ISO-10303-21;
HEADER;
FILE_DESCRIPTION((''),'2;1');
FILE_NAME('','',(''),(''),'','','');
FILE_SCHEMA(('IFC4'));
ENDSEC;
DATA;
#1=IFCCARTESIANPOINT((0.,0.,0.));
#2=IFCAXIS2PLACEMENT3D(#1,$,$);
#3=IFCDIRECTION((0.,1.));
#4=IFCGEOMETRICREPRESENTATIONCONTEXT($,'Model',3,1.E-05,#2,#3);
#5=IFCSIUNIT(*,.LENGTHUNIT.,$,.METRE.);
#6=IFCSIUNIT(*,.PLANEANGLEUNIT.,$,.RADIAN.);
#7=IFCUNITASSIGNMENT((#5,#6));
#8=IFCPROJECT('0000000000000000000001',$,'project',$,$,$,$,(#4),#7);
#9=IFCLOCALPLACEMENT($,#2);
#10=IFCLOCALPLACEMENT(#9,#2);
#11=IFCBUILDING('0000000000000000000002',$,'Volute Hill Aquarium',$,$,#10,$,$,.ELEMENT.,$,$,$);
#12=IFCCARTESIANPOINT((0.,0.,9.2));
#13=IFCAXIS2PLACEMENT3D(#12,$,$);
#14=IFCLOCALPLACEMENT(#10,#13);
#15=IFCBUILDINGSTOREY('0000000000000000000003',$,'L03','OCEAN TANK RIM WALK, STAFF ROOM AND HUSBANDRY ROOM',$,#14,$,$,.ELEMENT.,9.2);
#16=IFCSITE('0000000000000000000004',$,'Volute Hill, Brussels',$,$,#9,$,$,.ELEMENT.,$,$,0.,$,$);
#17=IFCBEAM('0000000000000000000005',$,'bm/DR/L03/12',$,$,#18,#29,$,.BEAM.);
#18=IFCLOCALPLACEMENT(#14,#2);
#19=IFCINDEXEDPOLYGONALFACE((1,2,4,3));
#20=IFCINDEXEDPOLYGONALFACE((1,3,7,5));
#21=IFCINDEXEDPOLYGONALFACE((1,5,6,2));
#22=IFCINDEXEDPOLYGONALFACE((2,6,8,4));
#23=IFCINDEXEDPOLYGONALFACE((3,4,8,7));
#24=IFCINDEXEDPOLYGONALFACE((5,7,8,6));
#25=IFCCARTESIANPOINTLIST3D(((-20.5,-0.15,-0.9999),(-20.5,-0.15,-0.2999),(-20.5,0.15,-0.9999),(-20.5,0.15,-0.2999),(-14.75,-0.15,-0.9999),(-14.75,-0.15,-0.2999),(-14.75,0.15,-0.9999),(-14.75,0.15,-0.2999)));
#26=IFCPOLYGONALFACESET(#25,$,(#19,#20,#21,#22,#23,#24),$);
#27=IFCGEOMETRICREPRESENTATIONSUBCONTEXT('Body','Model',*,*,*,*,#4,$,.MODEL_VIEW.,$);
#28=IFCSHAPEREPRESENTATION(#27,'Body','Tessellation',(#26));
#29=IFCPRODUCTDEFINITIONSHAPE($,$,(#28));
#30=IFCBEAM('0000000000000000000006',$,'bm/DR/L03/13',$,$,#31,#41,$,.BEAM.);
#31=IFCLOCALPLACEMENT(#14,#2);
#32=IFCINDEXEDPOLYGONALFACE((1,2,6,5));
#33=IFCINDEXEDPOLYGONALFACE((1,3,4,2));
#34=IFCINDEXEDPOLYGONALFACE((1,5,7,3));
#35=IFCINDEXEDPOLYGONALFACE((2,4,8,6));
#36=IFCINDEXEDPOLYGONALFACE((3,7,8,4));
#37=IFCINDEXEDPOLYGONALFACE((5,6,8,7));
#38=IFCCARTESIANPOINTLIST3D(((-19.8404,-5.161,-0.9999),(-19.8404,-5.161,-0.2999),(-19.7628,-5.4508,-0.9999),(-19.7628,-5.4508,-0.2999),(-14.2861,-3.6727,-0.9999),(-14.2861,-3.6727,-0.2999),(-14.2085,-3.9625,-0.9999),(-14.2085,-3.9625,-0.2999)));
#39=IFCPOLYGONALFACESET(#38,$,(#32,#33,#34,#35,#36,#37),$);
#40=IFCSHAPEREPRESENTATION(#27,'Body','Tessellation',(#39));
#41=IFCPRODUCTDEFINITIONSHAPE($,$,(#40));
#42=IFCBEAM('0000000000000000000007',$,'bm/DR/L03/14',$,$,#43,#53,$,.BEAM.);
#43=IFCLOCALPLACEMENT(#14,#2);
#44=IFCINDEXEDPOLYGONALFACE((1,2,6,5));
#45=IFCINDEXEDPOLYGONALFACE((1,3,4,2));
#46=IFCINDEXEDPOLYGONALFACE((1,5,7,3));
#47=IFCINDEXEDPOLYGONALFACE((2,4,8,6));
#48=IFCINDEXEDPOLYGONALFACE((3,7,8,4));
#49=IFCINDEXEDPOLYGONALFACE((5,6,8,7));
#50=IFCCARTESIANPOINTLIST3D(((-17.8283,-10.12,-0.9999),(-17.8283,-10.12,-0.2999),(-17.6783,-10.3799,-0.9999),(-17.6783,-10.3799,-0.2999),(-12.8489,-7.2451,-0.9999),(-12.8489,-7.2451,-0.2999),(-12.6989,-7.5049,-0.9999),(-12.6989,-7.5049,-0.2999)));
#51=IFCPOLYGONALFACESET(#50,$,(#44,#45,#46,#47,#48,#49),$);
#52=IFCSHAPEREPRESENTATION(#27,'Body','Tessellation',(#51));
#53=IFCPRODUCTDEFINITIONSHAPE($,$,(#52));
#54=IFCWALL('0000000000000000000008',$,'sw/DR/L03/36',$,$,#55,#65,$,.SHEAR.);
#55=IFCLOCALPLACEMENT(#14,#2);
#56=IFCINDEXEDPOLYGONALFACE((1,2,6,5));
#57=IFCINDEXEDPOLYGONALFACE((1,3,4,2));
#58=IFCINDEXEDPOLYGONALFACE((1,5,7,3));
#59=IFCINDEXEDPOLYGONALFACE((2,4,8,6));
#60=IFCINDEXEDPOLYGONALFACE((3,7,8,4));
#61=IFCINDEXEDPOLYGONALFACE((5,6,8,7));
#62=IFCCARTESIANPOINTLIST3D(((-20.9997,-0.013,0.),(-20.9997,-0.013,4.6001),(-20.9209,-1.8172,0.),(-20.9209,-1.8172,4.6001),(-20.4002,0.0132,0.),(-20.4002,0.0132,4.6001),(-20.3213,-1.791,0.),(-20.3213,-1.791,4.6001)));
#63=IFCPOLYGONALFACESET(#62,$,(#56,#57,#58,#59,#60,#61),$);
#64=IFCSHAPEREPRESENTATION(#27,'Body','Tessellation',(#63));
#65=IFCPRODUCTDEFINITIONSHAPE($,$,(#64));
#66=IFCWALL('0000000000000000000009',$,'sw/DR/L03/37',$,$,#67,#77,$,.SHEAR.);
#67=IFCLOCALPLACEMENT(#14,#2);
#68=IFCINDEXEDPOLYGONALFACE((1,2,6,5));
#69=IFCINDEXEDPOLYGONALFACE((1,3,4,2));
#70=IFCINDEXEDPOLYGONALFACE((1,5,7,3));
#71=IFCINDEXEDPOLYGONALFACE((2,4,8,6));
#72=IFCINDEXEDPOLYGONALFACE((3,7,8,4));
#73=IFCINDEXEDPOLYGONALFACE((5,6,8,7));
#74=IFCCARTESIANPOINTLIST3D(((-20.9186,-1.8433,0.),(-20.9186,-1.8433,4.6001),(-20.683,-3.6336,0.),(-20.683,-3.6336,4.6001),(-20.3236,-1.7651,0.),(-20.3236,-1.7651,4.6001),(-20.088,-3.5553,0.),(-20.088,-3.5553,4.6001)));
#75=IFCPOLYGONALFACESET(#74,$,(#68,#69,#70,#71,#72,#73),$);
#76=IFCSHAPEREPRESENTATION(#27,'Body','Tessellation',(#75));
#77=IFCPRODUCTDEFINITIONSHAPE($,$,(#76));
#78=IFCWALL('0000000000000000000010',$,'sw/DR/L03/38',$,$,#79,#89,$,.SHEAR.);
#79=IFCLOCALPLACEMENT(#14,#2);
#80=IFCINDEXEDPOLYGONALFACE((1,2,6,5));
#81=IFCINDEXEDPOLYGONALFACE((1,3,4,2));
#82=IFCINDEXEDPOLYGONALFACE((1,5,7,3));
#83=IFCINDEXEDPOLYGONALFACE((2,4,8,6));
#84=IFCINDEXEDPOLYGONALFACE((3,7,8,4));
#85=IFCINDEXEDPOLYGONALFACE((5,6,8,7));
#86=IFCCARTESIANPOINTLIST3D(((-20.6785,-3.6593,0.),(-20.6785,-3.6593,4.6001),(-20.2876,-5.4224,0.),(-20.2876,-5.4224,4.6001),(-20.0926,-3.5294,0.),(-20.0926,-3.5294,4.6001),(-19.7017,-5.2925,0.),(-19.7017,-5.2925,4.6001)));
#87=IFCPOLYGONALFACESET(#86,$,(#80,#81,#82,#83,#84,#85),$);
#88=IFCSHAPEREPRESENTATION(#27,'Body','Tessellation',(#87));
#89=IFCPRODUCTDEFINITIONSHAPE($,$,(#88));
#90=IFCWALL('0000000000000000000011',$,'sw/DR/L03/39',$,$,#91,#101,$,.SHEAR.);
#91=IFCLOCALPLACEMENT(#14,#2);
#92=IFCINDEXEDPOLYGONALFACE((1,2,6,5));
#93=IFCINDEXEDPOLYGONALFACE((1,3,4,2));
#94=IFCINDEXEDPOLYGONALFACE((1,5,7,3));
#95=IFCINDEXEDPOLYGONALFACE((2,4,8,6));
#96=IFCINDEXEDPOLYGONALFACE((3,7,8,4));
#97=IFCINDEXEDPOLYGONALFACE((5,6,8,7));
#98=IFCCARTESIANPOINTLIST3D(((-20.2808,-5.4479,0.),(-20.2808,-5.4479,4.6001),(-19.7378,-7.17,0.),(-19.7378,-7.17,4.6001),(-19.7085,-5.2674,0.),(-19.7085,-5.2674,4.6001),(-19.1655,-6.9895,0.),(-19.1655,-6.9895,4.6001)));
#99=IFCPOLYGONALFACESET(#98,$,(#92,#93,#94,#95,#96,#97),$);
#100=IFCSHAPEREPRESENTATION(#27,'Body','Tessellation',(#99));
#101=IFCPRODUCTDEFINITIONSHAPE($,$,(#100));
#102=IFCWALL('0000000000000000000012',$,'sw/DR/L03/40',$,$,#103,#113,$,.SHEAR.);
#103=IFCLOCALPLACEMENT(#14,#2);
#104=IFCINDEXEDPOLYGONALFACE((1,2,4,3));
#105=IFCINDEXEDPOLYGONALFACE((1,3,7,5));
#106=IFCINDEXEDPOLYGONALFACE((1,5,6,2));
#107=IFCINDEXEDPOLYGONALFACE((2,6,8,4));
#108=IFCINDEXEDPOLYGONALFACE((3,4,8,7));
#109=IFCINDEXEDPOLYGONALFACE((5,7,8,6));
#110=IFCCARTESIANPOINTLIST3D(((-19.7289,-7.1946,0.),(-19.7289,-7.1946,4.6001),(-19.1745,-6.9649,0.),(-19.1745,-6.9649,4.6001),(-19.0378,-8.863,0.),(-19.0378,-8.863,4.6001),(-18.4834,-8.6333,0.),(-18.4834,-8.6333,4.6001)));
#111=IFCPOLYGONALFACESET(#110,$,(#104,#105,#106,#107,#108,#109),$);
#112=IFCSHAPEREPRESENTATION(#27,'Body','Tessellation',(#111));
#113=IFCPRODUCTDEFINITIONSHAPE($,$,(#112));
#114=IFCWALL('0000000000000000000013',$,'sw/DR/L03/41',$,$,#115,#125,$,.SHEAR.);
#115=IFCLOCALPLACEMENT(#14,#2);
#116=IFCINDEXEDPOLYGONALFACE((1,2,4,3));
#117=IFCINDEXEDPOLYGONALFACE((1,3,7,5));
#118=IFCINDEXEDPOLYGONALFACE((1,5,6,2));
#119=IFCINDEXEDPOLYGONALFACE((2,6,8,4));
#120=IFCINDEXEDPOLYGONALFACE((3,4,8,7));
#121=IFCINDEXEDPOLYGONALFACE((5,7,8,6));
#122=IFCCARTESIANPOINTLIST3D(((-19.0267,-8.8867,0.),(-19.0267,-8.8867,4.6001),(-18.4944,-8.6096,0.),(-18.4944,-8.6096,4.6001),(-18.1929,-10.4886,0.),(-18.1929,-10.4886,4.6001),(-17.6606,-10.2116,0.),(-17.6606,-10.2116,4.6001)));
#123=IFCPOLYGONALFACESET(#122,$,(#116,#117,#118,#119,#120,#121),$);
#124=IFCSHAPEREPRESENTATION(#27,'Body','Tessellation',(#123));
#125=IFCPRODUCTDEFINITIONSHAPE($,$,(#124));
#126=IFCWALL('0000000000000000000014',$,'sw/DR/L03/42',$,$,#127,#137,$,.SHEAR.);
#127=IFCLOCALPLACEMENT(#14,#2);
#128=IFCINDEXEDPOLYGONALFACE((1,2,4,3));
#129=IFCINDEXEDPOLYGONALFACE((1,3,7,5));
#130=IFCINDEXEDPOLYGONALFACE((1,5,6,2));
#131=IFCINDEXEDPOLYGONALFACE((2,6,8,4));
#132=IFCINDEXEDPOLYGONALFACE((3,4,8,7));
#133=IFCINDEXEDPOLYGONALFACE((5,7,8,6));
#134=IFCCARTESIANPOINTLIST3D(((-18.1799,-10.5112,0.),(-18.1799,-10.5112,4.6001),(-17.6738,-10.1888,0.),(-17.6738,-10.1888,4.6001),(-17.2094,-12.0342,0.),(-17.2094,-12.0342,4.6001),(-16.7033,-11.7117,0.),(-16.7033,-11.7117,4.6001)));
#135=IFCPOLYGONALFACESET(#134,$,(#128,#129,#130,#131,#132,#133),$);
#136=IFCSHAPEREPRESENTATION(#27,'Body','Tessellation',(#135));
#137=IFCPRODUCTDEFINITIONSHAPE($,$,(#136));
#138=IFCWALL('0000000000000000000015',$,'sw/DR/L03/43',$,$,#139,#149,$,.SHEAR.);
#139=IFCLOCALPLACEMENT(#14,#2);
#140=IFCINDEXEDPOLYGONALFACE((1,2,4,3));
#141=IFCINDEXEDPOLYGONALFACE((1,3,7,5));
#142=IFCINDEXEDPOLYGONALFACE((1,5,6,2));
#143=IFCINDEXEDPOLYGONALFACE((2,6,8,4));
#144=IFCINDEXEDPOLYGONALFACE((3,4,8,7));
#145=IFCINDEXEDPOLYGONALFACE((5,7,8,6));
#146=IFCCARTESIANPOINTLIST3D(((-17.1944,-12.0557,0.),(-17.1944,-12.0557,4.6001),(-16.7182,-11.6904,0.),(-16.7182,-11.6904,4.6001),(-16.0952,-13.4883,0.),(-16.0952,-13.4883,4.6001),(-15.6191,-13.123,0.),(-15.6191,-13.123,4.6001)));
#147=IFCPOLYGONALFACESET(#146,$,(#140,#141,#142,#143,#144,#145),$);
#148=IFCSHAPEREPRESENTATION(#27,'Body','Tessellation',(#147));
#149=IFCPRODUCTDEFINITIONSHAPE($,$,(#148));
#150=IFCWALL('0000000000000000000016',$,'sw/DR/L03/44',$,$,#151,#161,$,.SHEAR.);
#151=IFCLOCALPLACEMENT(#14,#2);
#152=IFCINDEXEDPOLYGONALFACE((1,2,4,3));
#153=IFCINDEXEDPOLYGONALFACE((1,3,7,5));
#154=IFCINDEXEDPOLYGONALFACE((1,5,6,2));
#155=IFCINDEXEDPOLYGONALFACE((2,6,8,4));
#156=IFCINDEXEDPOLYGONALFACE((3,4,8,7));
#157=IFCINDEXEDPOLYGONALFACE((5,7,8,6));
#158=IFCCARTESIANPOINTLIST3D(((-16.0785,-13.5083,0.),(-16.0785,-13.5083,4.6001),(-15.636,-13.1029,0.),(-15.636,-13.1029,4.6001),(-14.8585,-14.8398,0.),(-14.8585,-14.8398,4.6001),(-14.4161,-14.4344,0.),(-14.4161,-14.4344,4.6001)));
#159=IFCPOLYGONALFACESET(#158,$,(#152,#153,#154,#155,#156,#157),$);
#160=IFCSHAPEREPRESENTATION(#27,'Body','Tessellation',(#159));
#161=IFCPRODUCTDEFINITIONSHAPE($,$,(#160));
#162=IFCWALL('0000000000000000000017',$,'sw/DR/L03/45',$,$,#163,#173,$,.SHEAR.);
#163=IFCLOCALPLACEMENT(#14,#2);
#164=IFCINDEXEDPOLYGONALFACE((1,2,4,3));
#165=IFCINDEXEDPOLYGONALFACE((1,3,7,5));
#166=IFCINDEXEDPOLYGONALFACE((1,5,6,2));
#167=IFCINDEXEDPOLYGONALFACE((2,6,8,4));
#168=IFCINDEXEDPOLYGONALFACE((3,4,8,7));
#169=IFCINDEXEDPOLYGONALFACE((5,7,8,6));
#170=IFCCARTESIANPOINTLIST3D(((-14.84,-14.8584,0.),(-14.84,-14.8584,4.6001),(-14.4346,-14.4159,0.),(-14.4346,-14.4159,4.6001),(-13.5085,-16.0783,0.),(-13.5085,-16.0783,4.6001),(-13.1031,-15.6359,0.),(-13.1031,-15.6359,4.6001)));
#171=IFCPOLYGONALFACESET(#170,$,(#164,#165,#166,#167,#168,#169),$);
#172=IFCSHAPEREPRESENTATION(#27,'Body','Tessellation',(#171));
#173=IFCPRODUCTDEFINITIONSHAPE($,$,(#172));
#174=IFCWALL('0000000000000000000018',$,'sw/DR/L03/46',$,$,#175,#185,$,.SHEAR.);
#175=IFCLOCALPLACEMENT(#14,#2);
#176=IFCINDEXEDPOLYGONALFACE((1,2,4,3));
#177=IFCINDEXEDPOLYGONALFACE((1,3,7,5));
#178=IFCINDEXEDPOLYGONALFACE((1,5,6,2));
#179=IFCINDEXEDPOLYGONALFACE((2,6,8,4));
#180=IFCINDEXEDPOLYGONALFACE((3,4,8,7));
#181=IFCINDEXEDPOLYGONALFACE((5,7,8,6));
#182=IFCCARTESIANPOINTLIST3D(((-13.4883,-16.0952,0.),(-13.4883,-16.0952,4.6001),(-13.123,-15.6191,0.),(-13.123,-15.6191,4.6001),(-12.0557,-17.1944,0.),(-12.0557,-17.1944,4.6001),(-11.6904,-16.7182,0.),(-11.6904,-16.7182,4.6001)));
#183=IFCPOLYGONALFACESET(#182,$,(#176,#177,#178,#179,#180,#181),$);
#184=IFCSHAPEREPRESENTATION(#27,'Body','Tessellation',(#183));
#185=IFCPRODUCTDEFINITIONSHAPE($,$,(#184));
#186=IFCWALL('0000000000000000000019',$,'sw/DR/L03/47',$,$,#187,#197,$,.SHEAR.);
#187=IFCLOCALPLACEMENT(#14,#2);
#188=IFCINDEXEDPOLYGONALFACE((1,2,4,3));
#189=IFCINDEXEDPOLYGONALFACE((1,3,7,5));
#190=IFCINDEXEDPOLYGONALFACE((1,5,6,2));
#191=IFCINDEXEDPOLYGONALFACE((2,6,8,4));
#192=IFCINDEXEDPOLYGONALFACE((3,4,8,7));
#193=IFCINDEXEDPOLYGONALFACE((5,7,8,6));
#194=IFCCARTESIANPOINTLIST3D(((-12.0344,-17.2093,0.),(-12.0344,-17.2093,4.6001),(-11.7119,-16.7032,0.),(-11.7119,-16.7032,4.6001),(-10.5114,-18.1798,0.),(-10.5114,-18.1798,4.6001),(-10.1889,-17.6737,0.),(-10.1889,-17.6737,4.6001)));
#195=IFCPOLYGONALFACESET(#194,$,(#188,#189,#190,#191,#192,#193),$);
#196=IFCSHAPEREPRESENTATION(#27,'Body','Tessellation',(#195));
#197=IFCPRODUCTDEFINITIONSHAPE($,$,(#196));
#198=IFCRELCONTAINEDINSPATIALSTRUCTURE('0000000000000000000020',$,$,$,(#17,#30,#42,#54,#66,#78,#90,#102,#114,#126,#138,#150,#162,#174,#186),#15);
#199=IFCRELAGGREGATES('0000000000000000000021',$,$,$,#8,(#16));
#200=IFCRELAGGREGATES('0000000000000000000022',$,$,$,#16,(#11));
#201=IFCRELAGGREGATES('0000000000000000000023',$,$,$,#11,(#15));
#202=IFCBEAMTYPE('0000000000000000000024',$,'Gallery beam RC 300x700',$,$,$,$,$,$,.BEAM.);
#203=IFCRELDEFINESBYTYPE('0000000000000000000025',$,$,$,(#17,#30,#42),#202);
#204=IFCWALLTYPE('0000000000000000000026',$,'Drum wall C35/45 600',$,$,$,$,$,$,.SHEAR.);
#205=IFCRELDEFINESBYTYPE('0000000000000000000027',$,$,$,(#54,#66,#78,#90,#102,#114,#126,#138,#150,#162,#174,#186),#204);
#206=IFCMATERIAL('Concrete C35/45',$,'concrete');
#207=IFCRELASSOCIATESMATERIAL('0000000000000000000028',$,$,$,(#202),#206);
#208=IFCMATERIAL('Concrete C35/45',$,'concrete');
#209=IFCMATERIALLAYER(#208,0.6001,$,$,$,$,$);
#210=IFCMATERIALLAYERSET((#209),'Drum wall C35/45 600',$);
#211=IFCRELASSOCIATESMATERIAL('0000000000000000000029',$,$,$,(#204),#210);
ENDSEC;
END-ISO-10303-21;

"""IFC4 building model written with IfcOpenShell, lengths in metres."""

from ifc_helpers import new_model, si_unit, direction, frame, frame_2d, origin, origin_2d, place, context, subcontext, project, spatial, rectangle, extrude, material, layer, layer_set, material_profile, profile_set, type_object, element, save


model = new_model("IFC4")

# Units and contexts
model_context = context("Model", 3, precision=1e-05, world=origin(), true_north=direction((0.0, 1.0)))
body_context = subcontext(model_context, "Body", "Model", "MODEL_VIEW")
ifc_project = project(units=[si_unit("LENGTHUNIT", "METRE"), si_unit("PLANEANGLEUNIT", "RADIAN")], contexts=[model_context])

# Site, building, storey
site_placement = place(None, origin())
site = spatial("IfcSite", under=ifc_project, at=site_placement, Name="Volute Hill, Brussels", CompositionType="ELEMENT", RefElevation=0.0)
building_placement = place(site_placement, origin())
building = spatial("IfcBuilding", under=site, at=building_placement, Name="Volute Hill Aquarium", CompositionType="ELEMENT")
storey_placement = place(building_placement, frame((0.0, 0.0, 9.2)))
storey = spatial("IfcBuildingStorey", under=building, at=storey_placement, Name="L03", Description="OCEAN TANK RIM WALK, STAFF ROOM AND HUSBANDRY ROOM", CompositionType="ELEMENT", Elevation=9.2)

# Beams
ifc_material_1 = material(Name="Concrete C35/45", Category="concrete")
ifc_material_profile = material_profile(ifc_material_1, rectangle(XDim=0.3, YDim=0.7, at=origin_2d()), Name="RC beam 300x700")
ifc_profile_set = profile_set([ifc_material_profile], Name="Concrete C35/45")
beam_type = type_object("IfcBeamType", Name="Gallery beam RC 300x700", PredefinedType="BEAM", material=ifc_profile_set)
beam_1_placement = place(storey_placement, frame((-14.75, 0.0, -0.6499), z_axis=(-1.0, 0.0, 0.0), x_axis=(0.0, -1.0, 0.0)))
element("IfcBeam", 1, at=beam_1_placement, inside=storey, type_object=beam_type, Name="bm/DR/L03/12", PredefinedType="BEAM", context=body_context, shape_type="SweptSolid", body=[
    extrude(rectangle(XDim=0.3, YDim=0.7, at=origin_2d()), origin(), (0.0, 0.0, 1.0), 5.75),
])
beam_2_placement = place(storey_placement, frame((-14.2473, -3.8176, -0.6499), z_axis=(-0.965924, -0.258825, 0.0), x_axis=(0.258825, -0.965924, 0.0)))
element("IfcBeam", 2, at=beam_2_placement, inside=storey, type_object=beam_type, Name="bm/DR/L03/13", PredefinedType="BEAM", context=body_context, shape_type="SweptSolid", body=[
    extrude(rectangle(XDim=0.3, YDim=0.7, at=origin_2d()), origin(), (0.0, 0.0, 1.0), 5.7502),
])
beam_3_placement = place(storey_placement, frame((-12.7739, -7.375, -0.6499), z_axis=(-0.866019, -0.500012, 0.0), x_axis=(0.500012, -0.866019, 0.0)))
element("IfcBeam", 3, at=beam_3_placement, inside=storey, type_object=beam_type, Name="bm/DR/L03/14", PredefinedType="BEAM", context=body_context, shape_type="SweptSolid", body=[
    extrude(rectangle(XDim=0.3, YDim=0.7, at=origin_2d()), origin(), (0.0, 0.0, 1.0), 5.7498),
])

# Walls
ifc_material_2 = material(Name="Concrete C35/45", Category="concrete")
ifc_layer_1 = layer(ifc_material_2, 0.6001)
ifc_layer_set_1 = layer_set([ifc_layer_1], Name="Drum wall C35/45 600")
wall_type = type_object("IfcWallType", Name="Drum wall C35/45 600", PredefinedType="SHEAR", material=ifc_layer_set_1)
wall_1_placement = place(storey_placement, frame((-20.7, 0.0, 0.0), z_axis=(0.0, 0.0, 1.0), x_axis=(0.043666, -0.999046, 0.0)))
element("IfcWall", 4, at=wall_1_placement, inside=storey, type_object=wall_type, Name="sw/DR/L03/36", PredefinedType="SHEAR", context=body_context, shape_type="SweptSolid", body=[
    extrude(rectangle(XDim=1.8059, YDim=0.6001, at=frame_2d((0.9028, 0.0))), origin(), (0.0, 0.0, 1.0), 4.6001),
])
wall_2_placement = place(storey_placement, frame((-20.6211, -1.8042, 0.0), z_axis=(0.0, 0.0, 1.0), x_axis=(0.130472, -0.991452, 0.0)))
element("IfcWall", 5, at=wall_2_placement, inside=storey, type_object=wall_type, Name="sw/DR/L03/37", PredefinedType="SHEAR", context=body_context, shape_type="SweptSolid", body=[
    extrude(rectangle(XDim=1.8057, YDim=0.6001, at=frame_2d((0.9028, 0.0))), origin(), (0.0, 0.0, 1.0), 4.6001),
])
wall_3_placement = place(storey_placement, frame((-20.3855, -3.5945, 0.0), z_axis=(0.0, 0.0, 1.0), x_axis=(0.216429, -0.976298, 0.0)))
element("IfcWall", 6, at=wall_3_placement, inside=storey, type_object=wall_type, Name="sw/DR/L03/38", PredefinedType="SHEAR", context=body_context, shape_type="SweptSolid", body=[
    extrude(rectangle(XDim=1.8059, YDim=0.6001, at=frame_2d((0.9028, 0.0))), origin(), (0.0, 0.0, 1.0), 4.6001),
])
wall_4_placement = place(storey_placement, frame((-19.9946, -5.3577, 0.0), z_axis=(0.0, 0.0, 1.0), x_axis=(0.300691, -0.953722, 0.0)))
element("IfcWall", 7, at=wall_4_placement, inside=storey, type_object=wall_type, Name="sw/DR/L03/39", PredefinedType="SHEAR", context=body_context, shape_type="SweptSolid", body=[
    extrude(rectangle(XDim=1.8057, YDim=0.6001, at=frame_2d((0.9028, 0.0))), origin(), (0.0, 0.0, 1.0), 4.6001),
])
for number, where, z_axis, x_axis, name in (
    (8, (-19.4517, -7.0798, 0.0), (0.0, 0.0, 1.0), (0.382714, -0.923867, 0.0), "sw/DR/L03/40"),
    (9, (-18.7605, -8.7483, 0.0), (0.0, 0.0, 1.0), (0.461702, -0.887035, 0.0), "sw/DR/L03/41"),
    (10, (-17.9268, -10.3501, 0.0), (0.0, 0.0, 1.0), (0.537392, -0.843333, 0.0), "sw/DR/L03/42"),
):
    element("IfcWall", number, at=place(storey_placement, frame(where, z_axis=z_axis, x_axis=x_axis)), inside=storey, type_object=wall_type, Name=name, PredefinedType="SHEAR", context=body_context, shape_type="SweptSolid", body=[
        extrude(rectangle(XDim=1.8059, YDim=0.6001, at=frame_2d((0.9028, 0.0))), origin(), (0.0, 0.0, 1.0), 4.6001),
    ])
wall_5_placement = place(storey_placement, frame((-16.9563, -11.873, 0.0), z_axis=(0.0, 0.0, 1.0), x_axis=(0.608704, -0.793397, 0.0)))
element("IfcWall", 11, at=wall_5_placement, inside=storey, type_object=wall_type, Name="sw/DR/L03/43", PredefinedType="SHEAR", context=body_context, shape_type="SweptSolid", body=[
    extrude(rectangle(XDim=1.8057, YDim=0.6001, at=frame_2d((0.9028, 0.0))), origin(), (0.0, 0.0, 1.0), 4.6001),
])
for number, where, z_axis, x_axis, name in (
    (12, (-15.8572, -13.3057, 0.0), (0.0, 0.0, 1.0), (0.675541, -0.737322, 0.0), "sw/DR/L03/44"),
    (13, (-14.6372, -14.6372, 0.0), (0.0, 0.0, 1.0), (0.737322, -0.675541, 0.0), "sw/DR/L03/45"),
):
    element("IfcWall", number, at=place(storey_placement, frame(where, z_axis=z_axis, x_axis=x_axis)), inside=storey, type_object=wall_type, Name=name, PredefinedType="SHEAR", context=body_context, shape_type="SweptSolid", body=[
        extrude(rectangle(XDim=1.8059, YDim=0.6001, at=frame_2d((0.9028, 0.0))), origin(), (0.0, 0.0, 1.0), 4.6001),
    ])
wall_6_placement = place(storey_placement, frame((-13.3057, -15.8572, 0.0), z_axis=(0.0, 0.0, 1.0), x_axis=(0.793397, -0.608704, 0.0)))
element("IfcWall", 14, at=wall_6_placement, inside=storey, type_object=wall_type, Name="sw/DR/L03/46", PredefinedType="SHEAR", context=body_context, shape_type="SweptSolid", body=[
    extrude(rectangle(XDim=1.8057, YDim=0.6001, at=frame_2d((0.9028, 0.0))), origin(), (0.0, 0.0, 1.0), 4.6001),
])
wall_7_placement = place(storey_placement, frame((-11.873, -16.9563, 0.0), z_axis=(0.0, 0.0, 1.0), x_axis=(0.843333, -0.537392, 0.0)))
element("IfcWall", 15, at=wall_7_placement, inside=storey, type_object=wall_type, Name="sw/DR/L03/47", PredefinedType="SHEAR", context=body_context, shape_type="SweptSolid", body=[
    extrude(rectangle(XDim=1.8059, YDim=0.6001, at=frame_2d((0.9028, 0.0))), origin(), (0.0, 0.0, 1.0), 4.6001),
])

save(model, "model.ifc")
